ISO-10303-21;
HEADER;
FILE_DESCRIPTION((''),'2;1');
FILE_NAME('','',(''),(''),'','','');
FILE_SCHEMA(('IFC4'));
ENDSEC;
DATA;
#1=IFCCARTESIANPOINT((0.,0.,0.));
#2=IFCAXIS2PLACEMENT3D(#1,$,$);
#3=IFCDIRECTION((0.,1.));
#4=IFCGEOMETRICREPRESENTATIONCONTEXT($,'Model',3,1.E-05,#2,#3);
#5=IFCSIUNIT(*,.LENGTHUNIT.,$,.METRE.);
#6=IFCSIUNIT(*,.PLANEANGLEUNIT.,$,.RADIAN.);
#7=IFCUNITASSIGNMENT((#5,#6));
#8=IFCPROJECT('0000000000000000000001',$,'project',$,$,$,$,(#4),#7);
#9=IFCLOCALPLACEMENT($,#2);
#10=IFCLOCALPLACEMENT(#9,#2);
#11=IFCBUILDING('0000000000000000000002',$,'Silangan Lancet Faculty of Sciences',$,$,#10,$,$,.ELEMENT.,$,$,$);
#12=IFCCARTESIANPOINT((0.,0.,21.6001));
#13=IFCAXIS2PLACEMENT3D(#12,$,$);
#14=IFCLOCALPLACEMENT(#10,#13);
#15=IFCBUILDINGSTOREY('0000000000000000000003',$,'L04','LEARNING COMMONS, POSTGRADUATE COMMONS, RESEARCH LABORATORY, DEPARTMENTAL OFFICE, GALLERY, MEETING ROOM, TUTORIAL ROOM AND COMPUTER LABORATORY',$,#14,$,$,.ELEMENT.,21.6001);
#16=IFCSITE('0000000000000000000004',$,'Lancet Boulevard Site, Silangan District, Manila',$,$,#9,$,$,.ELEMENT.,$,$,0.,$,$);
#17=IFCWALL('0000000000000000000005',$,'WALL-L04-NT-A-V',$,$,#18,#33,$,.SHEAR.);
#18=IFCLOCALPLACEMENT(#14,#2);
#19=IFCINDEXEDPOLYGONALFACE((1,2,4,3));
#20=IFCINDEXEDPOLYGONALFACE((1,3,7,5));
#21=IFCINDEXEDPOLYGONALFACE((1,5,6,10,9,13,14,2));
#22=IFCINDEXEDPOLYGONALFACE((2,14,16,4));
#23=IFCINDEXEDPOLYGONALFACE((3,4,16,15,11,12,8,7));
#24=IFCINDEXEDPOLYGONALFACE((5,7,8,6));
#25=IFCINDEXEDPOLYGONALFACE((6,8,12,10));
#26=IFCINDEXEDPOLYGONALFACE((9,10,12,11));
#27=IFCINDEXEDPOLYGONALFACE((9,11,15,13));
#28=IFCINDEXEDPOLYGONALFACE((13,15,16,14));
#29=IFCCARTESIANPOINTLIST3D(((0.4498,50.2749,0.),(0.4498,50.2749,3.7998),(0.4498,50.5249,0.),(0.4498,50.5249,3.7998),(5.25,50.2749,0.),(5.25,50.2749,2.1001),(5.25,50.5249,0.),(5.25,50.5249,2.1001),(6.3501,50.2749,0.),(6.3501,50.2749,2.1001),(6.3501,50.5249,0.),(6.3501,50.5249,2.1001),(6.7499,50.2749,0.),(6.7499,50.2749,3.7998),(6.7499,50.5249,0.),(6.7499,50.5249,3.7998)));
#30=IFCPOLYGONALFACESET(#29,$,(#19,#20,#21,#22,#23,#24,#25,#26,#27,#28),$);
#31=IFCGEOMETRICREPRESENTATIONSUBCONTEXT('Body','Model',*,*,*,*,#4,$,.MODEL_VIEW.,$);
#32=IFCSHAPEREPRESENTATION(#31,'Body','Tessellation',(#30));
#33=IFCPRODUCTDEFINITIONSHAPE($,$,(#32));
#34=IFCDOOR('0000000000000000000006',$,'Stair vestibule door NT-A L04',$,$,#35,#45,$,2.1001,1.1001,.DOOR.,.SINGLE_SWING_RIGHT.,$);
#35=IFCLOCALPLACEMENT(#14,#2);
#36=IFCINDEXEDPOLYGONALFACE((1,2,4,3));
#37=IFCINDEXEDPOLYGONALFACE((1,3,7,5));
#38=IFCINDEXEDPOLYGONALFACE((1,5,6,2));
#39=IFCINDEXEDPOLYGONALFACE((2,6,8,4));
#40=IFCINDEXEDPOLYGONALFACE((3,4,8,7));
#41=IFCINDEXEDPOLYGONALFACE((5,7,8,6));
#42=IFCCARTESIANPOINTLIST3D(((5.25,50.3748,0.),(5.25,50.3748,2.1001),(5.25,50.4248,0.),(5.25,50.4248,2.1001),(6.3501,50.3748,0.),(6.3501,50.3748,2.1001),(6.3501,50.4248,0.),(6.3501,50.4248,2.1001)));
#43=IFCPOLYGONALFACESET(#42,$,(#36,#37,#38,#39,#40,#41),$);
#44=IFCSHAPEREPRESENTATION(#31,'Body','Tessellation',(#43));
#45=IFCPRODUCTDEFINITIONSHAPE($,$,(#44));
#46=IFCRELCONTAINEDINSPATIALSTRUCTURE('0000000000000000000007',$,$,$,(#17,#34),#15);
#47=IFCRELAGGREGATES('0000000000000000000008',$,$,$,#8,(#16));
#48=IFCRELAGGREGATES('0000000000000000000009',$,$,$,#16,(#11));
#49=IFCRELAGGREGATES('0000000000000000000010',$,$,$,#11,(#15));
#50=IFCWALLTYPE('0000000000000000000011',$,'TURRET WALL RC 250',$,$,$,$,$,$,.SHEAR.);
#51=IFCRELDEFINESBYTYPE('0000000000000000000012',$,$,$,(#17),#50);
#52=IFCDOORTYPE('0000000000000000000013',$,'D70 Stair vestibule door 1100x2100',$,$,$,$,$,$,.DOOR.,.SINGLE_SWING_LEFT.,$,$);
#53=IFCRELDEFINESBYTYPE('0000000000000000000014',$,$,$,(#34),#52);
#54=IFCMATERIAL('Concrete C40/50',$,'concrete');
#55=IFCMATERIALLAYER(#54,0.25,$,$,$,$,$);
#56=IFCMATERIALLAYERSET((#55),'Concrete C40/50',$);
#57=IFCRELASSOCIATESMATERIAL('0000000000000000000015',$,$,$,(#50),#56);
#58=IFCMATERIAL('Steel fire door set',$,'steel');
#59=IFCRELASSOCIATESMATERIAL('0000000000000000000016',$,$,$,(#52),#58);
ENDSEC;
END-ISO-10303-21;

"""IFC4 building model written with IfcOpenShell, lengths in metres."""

from ifc_helpers import new_model, si_unit, direction, frame, frame_2d, origin, place, context, subcontext, project, spatial, rectangle, extrude, material, layer, layer_set, type_object, element, fill, save


model = new_model("IFC4")

# Units and contexts
model_context = context("Model", 3, precision=1e-05, world=origin(), true_north=direction((0.0, 1.0)))
body_context = subcontext(model_context, "Body", "Model", "MODEL_VIEW")
ifc_project = project(units=[si_unit("LENGTHUNIT", "METRE"), si_unit("PLANEANGLEUNIT", "RADIAN")], contexts=[model_context])

# Site, building, storey
site_placement = place(None, origin())
site = spatial("IfcSite", under=ifc_project, at=site_placement, Name="Lancet Boulevard Site, Silangan District, Manila", CompositionType="ELEMENT", RefElevation=0.0)
building_placement = place(site_placement, origin())
building = spatial("IfcBuilding", under=site, at=building_placement, Name="Silangan Lancet Faculty of Sciences", CompositionType="ELEMENT")
storey_placement = place(building_placement, frame((0.0, 0.0, 21.6001)))
storey = spatial("IfcBuildingStorey", under=building, at=storey_placement, Name="L04", Description="LEARNING COMMONS, POSTGRADUATE COMMONS, RESEARCH LABORATORY, DEPARTMENTAL OFFICE, GALLERY, MEETING ROOM, TUTORIAL ROOM AND COMPUTER LABORATORY", CompositionType="ELEMENT", Elevation=21.6001)

# Wall, opening, door
ifc_material_1 = material(Name="Concrete C40/50", Category="concrete")
ifc_layer_1 = layer(ifc_material_1, 0.25)
ifc_layer_set_1 = layer_set([ifc_layer_1], Name="Concrete C40/50")
wall_type_1 = type_object("IfcWallType", Name="TURRET WALL RC 250", PredefinedType="SHEAR", material=ifc_layer_set_1)
wall_1_placement = place(storey_placement, frame((0.45, 50.3999, 0.0), z_axis=(0.0, 0.0, 1.0), x_axis=(1.0, 0.0, 0.0)))
wall_1 = element("IfcWall", 1, at=wall_1_placement, inside=storey, type_object=wall_type_1, Name="WALL-L04-NT-A-V", PredefinedType="SHEAR", context=body_context, shape_type="SweptSolid", body=[
    extrude(rectangle(XDim=6.3, YDim=0.25, at=frame_2d((3.1499, 0.0))), origin(), (0.0, 0.0, 1.0), 3.7998),
])
opening_1_placement = place(wall_1_placement, frame((4.8, 0.0, 0.0)))
opening_1 = element("IfcOpeningElement", 2, at=opening_1_placement, cuts=wall_1, PredefinedType="OPENING", context=body_context, shape_type="SweptSolid", body=[
    extrude(rectangle(XDim=1.1001, YDim=2.1001, at=frame_2d((0.55, 1.05))), frame((0.0, 0.135, 0.0), z_axis=(0.0, -1.0, 0.0), x_axis=(1.0, 0.0, 0.0)), (0.0, 0.0, 1.0), 0.27),
])
ifc_material_2 = material(Name="Steel fire door set", Category="steel")
door_type_1 = type_object("IfcDoorType", Name="D70 Stair vestibule door 1100x2100", OperationType="SINGLE_SWING_LEFT", PredefinedType="DOOR", material=ifc_material_2)
door_1_placement = place(opening_1_placement, origin())
door_1 = element("IfcDoor", 3, at=door_1_placement, inside=storey, type_object=door_type_1, Name="Stair vestibule door NT-A L04", OperationType="SINGLE_SWING_RIGHT", OverallHeight=2.1001, OverallWidth=1.1001, PredefinedType="DOOR", context=body_context, shape_type="SweptSolid", body=[
    extrude(rectangle(XDim=1.1001, YDim=2.1001, at=frame_2d((0.55, 1.05))), frame((0.0, 0.0249, 0.0), z_axis=(0.0, -1.0, 0.0), x_axis=(1.0, 0.0, 0.0)), (0.0, 0.0, 1.0), 0.05),
])
fill(opening_1, door_1)

save(model, "model.ifc")
